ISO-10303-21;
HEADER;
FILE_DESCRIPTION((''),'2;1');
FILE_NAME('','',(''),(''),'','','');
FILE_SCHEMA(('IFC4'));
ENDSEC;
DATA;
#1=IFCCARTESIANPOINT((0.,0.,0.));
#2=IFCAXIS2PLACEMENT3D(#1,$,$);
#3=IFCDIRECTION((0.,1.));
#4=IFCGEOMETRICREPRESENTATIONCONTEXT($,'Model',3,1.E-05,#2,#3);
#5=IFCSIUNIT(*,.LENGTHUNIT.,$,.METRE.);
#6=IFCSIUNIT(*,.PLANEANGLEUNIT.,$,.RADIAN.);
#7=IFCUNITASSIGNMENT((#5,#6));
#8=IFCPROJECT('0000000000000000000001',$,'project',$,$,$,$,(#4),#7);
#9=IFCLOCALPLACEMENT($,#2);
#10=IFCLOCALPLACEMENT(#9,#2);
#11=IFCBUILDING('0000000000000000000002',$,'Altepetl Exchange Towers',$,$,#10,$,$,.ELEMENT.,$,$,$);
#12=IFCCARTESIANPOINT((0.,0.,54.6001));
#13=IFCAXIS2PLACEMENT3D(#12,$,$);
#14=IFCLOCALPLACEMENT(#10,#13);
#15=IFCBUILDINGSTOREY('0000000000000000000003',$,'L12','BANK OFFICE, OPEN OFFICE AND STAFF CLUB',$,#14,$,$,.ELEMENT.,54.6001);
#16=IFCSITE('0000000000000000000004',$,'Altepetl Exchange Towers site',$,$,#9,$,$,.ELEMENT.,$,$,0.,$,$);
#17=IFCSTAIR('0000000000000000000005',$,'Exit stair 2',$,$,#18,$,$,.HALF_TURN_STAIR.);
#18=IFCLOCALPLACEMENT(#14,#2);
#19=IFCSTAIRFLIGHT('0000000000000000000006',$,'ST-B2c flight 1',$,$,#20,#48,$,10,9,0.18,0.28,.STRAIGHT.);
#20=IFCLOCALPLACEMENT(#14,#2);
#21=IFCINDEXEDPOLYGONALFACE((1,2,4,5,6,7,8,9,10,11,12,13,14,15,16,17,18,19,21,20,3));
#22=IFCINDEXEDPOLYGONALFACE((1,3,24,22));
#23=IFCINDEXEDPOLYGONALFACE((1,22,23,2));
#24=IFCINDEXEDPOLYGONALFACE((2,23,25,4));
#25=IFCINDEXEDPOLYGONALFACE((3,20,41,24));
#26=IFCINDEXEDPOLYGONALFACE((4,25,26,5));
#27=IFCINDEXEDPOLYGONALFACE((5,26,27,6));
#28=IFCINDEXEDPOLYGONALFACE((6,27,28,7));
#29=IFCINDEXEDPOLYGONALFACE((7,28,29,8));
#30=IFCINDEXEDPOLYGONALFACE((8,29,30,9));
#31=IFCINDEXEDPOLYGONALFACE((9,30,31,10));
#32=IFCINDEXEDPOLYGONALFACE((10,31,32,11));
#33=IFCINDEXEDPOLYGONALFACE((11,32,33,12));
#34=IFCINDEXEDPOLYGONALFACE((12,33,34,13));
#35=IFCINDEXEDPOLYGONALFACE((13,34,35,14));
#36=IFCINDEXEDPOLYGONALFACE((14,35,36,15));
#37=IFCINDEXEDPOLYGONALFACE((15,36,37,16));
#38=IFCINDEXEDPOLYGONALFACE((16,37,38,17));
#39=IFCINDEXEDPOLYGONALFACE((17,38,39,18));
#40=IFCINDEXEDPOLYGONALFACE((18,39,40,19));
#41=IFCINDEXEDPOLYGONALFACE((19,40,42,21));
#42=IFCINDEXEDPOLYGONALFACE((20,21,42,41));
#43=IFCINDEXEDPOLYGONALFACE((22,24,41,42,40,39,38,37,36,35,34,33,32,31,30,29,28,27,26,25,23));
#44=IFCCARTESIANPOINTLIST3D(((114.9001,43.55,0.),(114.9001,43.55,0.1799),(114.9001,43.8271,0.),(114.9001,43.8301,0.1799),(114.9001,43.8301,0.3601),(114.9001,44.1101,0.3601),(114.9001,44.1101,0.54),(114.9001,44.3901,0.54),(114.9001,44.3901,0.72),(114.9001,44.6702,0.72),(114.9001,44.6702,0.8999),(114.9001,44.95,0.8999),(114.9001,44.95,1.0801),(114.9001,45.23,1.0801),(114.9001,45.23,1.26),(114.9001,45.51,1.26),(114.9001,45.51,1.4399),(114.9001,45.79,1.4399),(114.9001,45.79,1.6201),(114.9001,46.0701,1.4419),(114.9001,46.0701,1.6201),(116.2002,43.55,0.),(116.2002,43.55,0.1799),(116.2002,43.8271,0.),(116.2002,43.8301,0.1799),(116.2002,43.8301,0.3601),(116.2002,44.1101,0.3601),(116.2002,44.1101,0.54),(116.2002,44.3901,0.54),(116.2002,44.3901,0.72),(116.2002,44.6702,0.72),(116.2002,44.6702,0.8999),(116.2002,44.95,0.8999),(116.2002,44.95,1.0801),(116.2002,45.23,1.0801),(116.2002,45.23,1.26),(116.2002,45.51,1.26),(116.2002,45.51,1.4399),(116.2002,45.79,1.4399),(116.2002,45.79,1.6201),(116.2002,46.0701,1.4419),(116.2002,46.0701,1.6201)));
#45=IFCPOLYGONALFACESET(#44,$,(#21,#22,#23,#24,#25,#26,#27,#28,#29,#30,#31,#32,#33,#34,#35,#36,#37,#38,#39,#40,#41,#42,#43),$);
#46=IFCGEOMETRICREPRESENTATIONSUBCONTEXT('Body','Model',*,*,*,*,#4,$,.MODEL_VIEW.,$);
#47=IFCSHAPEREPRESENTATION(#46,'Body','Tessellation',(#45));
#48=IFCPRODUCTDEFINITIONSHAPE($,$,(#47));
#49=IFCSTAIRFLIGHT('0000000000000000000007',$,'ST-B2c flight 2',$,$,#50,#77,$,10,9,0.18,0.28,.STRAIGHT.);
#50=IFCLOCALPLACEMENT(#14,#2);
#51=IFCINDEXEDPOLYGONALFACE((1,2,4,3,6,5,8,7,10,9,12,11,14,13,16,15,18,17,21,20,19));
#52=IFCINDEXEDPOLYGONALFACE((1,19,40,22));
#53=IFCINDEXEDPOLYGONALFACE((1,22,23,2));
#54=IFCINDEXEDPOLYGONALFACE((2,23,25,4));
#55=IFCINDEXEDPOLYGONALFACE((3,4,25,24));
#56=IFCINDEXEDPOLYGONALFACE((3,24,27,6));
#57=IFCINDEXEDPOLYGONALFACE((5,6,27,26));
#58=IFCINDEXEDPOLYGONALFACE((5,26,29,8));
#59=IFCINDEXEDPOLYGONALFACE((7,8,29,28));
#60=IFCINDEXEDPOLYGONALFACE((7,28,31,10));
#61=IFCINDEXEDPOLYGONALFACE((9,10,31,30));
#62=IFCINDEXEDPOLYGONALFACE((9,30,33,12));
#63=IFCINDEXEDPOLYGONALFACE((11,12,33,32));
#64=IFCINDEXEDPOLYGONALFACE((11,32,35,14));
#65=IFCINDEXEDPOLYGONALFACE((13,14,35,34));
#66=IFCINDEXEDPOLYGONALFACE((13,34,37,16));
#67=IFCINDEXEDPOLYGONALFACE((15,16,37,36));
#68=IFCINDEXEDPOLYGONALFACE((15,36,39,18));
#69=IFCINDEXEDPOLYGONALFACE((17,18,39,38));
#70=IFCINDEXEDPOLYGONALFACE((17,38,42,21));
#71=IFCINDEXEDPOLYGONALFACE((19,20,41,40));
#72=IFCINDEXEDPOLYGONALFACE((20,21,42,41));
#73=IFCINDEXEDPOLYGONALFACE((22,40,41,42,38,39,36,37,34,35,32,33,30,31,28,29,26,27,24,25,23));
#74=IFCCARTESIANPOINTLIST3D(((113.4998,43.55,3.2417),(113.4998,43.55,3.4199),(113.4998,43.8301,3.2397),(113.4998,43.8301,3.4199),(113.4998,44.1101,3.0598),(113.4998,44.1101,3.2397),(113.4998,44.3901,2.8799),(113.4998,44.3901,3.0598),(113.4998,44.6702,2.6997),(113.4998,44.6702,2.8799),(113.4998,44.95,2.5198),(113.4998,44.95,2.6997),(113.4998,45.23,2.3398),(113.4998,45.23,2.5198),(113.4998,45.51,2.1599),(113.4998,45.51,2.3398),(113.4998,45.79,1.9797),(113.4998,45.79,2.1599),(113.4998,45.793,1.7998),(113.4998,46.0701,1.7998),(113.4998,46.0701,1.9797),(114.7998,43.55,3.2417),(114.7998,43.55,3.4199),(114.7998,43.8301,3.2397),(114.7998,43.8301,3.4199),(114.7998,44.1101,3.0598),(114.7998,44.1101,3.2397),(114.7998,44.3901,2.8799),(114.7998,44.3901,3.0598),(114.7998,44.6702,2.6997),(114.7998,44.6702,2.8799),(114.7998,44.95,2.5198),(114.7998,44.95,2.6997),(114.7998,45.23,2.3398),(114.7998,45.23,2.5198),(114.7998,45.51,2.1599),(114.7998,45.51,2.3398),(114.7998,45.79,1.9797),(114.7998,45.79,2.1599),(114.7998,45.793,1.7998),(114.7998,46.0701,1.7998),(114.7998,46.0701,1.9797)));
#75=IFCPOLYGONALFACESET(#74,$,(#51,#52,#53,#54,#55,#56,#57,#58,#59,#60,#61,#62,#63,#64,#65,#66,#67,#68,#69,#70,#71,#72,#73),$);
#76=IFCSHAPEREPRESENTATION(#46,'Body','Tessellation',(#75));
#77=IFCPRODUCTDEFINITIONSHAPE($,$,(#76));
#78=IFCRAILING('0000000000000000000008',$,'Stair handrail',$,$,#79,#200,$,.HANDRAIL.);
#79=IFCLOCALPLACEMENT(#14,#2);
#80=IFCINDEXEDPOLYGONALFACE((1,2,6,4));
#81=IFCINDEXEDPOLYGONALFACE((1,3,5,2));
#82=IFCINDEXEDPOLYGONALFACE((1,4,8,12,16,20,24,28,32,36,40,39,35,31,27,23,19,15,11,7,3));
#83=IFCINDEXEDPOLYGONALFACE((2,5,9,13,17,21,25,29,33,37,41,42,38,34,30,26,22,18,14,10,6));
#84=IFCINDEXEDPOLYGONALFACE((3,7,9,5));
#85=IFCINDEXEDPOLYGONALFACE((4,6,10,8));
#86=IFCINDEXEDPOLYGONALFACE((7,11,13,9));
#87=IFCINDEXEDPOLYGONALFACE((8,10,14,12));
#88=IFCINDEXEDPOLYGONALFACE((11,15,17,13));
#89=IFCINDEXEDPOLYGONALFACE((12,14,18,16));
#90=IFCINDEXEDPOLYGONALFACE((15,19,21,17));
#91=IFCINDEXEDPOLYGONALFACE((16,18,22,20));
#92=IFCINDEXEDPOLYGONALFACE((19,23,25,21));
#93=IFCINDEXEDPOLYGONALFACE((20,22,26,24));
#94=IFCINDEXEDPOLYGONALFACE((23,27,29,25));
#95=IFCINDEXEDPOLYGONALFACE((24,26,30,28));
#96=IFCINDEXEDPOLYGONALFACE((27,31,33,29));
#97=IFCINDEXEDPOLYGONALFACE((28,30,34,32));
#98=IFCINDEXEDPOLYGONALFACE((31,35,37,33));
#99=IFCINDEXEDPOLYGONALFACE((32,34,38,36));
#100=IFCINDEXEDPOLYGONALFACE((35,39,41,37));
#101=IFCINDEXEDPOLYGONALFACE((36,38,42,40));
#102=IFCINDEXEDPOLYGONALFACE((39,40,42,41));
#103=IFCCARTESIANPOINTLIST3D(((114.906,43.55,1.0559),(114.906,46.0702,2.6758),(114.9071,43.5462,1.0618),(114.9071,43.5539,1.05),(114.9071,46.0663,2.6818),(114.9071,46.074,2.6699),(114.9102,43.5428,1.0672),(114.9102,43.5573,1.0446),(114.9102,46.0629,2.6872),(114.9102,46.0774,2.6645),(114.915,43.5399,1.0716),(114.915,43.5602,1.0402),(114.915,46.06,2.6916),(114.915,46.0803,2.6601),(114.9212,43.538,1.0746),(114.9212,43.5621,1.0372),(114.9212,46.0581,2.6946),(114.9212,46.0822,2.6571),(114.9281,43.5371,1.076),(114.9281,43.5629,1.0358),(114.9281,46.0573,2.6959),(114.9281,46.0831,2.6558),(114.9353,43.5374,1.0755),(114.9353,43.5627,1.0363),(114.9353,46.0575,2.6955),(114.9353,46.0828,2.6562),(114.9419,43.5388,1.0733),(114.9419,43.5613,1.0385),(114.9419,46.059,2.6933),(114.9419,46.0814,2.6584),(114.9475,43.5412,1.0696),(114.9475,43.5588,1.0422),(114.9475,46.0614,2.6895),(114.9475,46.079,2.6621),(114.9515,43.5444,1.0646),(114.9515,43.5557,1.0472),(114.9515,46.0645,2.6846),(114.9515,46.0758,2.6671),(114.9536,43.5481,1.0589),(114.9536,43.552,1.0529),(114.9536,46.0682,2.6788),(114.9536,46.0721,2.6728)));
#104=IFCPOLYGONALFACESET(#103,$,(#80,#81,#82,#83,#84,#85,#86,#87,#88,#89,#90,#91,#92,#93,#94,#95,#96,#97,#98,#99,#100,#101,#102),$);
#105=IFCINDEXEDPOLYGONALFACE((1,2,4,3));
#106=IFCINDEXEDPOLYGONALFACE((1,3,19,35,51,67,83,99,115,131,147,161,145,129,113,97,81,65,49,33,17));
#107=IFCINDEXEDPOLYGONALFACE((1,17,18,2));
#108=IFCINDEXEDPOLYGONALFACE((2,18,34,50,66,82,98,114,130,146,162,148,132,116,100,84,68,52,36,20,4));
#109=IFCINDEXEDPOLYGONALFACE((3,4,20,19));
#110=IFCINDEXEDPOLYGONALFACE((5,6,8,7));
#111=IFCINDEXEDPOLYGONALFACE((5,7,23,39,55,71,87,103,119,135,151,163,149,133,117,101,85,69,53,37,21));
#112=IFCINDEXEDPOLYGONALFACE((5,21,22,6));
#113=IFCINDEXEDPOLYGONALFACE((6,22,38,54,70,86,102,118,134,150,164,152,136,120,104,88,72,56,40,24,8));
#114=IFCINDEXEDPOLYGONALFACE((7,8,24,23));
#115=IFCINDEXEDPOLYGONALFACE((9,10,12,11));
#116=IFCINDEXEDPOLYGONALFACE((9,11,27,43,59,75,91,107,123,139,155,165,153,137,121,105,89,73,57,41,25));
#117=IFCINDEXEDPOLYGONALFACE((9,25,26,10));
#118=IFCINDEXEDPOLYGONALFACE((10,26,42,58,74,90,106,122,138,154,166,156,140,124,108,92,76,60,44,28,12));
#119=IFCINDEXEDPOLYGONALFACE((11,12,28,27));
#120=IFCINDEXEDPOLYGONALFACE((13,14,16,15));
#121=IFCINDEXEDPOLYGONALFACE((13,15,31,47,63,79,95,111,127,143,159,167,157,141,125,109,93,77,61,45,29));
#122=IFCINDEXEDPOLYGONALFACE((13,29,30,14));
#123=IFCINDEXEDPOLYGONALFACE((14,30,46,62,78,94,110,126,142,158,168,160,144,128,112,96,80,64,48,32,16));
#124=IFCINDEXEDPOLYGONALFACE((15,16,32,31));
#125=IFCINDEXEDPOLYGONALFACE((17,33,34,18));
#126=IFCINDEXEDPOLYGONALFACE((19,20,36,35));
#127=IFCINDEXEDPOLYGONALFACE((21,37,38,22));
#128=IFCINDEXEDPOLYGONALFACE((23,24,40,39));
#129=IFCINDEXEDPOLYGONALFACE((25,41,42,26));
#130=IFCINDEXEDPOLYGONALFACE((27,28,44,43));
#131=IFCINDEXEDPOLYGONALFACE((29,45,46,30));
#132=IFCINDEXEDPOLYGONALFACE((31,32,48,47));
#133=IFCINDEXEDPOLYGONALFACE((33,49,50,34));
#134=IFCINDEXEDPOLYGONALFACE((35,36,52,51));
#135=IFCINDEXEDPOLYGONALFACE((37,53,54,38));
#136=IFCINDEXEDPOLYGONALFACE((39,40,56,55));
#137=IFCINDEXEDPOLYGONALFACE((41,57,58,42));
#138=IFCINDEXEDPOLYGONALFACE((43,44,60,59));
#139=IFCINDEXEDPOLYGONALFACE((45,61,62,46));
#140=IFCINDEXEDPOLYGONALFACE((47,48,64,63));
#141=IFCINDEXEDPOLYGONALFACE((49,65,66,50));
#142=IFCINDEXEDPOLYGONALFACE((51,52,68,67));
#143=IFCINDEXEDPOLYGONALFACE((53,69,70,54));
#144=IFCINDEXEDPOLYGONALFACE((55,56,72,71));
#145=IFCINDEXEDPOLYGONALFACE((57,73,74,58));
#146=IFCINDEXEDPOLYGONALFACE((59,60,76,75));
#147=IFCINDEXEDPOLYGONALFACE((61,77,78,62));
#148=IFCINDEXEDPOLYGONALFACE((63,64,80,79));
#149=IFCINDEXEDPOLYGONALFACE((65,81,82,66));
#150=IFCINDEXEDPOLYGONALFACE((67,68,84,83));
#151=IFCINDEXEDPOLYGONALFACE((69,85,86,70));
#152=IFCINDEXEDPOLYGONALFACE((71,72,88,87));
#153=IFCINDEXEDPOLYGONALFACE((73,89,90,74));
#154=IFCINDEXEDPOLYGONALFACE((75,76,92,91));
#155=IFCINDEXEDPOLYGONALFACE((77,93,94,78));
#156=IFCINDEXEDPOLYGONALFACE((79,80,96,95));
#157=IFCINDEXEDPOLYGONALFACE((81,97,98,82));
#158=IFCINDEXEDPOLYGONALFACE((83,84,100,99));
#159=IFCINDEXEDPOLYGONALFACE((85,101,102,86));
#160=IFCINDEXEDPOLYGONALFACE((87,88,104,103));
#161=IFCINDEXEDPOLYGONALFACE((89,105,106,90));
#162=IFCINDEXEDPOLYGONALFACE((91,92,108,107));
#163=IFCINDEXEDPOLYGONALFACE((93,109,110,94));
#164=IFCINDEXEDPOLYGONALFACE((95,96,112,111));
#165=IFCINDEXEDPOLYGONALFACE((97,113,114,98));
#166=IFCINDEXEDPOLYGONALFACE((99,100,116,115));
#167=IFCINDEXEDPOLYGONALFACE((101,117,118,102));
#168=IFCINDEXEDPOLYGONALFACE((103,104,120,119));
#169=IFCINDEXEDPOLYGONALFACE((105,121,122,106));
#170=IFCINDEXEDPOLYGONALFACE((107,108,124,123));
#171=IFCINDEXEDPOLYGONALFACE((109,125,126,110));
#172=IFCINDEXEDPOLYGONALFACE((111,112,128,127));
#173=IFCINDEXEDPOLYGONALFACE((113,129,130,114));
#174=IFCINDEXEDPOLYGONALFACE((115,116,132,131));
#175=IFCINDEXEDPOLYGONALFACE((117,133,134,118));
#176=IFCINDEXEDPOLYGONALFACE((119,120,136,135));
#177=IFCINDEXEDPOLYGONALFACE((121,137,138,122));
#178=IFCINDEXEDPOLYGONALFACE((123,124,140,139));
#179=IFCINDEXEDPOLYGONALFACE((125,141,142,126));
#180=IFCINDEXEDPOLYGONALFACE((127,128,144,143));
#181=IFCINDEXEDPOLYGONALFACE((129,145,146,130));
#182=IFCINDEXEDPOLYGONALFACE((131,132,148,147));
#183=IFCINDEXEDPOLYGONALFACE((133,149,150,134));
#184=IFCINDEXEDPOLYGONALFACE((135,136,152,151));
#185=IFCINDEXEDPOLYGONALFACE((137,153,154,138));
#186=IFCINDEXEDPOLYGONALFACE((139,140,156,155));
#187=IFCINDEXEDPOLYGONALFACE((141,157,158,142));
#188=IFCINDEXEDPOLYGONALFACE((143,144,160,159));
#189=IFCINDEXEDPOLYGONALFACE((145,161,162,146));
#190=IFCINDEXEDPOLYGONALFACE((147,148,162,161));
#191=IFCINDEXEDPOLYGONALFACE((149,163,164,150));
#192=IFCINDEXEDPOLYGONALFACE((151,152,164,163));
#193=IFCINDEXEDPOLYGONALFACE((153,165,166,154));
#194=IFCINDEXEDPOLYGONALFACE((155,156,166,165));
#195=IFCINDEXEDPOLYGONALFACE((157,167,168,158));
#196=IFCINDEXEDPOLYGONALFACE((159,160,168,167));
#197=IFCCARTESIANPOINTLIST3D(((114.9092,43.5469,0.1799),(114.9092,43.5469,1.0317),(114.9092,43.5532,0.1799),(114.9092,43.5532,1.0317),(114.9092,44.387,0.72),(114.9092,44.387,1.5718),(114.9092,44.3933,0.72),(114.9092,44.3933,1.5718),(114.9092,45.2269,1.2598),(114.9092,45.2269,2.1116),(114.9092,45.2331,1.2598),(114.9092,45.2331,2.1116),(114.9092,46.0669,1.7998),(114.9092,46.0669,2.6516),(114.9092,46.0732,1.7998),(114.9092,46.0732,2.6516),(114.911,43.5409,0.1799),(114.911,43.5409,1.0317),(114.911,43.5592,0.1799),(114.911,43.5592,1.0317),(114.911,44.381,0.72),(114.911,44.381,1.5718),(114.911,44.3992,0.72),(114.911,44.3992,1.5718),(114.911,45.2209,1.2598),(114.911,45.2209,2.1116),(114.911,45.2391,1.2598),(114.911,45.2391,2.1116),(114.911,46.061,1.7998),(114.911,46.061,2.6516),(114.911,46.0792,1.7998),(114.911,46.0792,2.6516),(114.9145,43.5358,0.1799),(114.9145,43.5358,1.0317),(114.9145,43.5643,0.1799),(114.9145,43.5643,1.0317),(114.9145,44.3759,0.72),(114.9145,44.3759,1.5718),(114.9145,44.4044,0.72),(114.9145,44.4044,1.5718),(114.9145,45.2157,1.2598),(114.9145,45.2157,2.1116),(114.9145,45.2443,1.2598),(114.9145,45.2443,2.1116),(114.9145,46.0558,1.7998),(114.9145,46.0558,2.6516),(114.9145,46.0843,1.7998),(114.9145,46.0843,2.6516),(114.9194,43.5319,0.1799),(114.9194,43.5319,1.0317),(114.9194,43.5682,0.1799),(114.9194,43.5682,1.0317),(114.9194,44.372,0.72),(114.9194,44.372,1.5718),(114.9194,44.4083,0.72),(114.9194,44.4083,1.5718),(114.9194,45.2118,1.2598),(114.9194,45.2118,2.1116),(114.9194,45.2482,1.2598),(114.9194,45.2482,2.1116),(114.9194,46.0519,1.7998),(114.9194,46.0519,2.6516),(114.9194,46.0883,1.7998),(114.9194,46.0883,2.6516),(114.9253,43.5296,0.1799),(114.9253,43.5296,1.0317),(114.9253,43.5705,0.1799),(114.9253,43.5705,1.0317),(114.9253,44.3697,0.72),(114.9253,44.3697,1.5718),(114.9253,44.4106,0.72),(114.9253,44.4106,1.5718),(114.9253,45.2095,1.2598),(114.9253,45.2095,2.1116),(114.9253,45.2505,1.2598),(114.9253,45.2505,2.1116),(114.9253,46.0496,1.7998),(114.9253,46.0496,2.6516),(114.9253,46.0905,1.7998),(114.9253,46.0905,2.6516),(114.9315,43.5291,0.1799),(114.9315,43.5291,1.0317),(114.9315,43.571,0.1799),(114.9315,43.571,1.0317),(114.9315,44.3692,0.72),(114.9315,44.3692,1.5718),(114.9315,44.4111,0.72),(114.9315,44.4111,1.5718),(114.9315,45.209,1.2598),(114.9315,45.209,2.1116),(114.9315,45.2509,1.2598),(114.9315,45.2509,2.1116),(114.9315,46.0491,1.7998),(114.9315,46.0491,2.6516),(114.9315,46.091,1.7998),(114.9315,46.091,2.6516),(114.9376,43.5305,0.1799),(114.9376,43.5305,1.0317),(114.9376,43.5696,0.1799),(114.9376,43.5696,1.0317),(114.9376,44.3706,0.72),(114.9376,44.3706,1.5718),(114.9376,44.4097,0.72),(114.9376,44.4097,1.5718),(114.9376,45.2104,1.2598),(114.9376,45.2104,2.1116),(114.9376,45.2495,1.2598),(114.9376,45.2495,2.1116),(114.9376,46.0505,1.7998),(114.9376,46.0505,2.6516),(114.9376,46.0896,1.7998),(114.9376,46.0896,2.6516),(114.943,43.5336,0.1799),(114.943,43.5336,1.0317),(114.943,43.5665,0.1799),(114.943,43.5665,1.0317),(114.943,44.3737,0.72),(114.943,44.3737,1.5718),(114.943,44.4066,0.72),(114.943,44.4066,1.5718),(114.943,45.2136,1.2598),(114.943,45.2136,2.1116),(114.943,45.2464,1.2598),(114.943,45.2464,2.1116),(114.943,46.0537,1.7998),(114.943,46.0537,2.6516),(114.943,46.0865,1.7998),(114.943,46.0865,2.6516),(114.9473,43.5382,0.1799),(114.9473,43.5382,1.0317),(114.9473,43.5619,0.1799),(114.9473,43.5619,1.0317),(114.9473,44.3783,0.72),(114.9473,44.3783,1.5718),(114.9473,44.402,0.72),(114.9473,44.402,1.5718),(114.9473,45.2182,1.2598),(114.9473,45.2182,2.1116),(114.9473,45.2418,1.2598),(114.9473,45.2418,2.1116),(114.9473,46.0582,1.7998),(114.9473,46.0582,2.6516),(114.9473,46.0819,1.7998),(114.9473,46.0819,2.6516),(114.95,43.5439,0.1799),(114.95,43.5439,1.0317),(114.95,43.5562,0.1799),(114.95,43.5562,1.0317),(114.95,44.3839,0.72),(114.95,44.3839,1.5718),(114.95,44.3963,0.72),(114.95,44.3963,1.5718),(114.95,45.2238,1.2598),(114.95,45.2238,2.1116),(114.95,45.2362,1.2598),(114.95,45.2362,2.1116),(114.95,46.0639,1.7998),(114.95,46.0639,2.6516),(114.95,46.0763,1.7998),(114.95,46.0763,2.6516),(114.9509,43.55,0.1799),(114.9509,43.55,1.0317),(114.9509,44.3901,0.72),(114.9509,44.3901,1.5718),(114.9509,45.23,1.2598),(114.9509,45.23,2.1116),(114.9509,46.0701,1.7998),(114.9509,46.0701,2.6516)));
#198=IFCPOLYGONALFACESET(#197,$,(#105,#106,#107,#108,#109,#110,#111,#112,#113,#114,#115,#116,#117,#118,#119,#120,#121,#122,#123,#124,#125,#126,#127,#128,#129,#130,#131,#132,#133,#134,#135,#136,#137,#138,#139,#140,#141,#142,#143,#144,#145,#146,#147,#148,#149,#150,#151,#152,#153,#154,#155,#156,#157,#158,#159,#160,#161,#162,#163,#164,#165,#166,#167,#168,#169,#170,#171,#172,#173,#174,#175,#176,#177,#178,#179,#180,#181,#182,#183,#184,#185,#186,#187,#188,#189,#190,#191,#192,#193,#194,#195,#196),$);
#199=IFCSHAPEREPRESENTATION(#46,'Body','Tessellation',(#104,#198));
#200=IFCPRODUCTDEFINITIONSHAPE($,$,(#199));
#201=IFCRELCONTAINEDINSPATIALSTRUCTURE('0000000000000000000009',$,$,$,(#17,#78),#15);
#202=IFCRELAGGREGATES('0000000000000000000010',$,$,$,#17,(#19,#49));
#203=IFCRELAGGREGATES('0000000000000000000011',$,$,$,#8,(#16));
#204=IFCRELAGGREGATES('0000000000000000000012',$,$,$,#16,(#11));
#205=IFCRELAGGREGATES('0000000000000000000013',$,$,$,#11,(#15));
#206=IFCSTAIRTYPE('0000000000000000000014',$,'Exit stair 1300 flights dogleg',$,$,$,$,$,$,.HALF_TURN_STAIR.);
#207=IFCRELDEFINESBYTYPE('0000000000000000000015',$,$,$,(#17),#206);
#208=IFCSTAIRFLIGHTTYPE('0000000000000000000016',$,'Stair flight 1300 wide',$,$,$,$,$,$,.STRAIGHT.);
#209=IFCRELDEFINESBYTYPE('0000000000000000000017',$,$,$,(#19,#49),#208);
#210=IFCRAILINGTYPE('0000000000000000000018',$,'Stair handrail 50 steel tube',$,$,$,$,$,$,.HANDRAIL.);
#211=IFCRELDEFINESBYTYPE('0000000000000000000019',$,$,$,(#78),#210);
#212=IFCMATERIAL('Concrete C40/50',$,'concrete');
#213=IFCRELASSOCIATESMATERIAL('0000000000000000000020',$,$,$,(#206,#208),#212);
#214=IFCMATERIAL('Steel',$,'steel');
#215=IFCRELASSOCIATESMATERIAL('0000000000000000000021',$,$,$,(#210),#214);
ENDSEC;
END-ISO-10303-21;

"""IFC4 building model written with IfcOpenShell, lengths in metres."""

from ifc_helpers import new_model, si_unit, direction, frame, origin, origin_2d, place, context, subcontext, project, spatial, polyline, circle, outline, extrude, source, transform, mapped, material, type_object, element, aggregate, save


model = new_model("IFC4")

# Units and contexts
model_context = context("Model", 3, precision=1e-05, world=origin(), true_north=direction((0.0, 1.0)))
body_context = subcontext(model_context, "Body", "Model", "MODEL_VIEW")
ifc_project = project(units=[si_unit("LENGTHUNIT", "METRE"), si_unit("PLANEANGLEUNIT", "RADIAN")], contexts=[model_context])

# Site, building, storey
site_placement = place(None, origin())
site = spatial("IfcSite", under=ifc_project, at=site_placement, Name="Altepetl Exchange Towers site", CompositionType="ELEMENT", RefElevation=0.0)
building_placement = place(site_placement, origin())
building = spatial("IfcBuilding", under=site, at=building_placement, Name="Altepetl Exchange Towers", CompositionType="ELEMENT")
storey_placement = place(building_placement, frame((0.0, 0.0, 54.6001)))
storey = spatial("IfcBuildingStorey", under=building, at=storey_placement, Name="L12", Description="BANK OFFICE, OPEN OFFICE AND STAFF CLUB", CompositionType="ELEMENT", Elevation=54.6001)

# Shared definitions
ifc_material_1 = material(Name="Concrete C40/50", Category="concrete")

# Stair, stair flights
stair_type = type_object("IfcStairType", Name="Exit stair 1300 flights dogleg", PredefinedType="HALF_TURN_STAIR", material=ifc_material_1)
stair_placement = place(storey_placement, origin())
stair = element("IfcStair", 1, at=stair_placement, inside=storey, type_object=stair_type, Name="Exit stair 2", PredefinedType="HALF_TURN_STAIR")
stair_flight_type = type_object("IfcStairFlightType", Name="Stair flight 1300 wide", PredefinedType="STRAIGHT", material=ifc_material_1)
stair_flight_1_placement = place(storey_placement, frame((115.55, 43.55, 0.0), z_axis=(0.0, 0.0, 1.0), x_axis=(0.0, 1.0, 0.0)))
stair_flight_1 = element("IfcStairFlight", 2, at=stair_flight_1_placement, type_object=stair_flight_type, Name="ST-B2c flight 1", NumberOfRisers=10, NumberOfTreads=9, PredefinedType="STRAIGHT", RiserHeight=0.18, TreadLength=0.28, context=body_context, shape_type="SweptSolid", body=[
    extrude(outline(polyline([(0.0, 0.0), (0.0, 0.1799), (0.28, 0.1799), (0.28, 0.3601), (0.5601, 0.3601), (0.5601, 0.54), (0.8401, 0.54), (0.8401, 0.72), (1.1201, 0.72), (1.1201, 0.8999), (1.3999, 0.8999), (1.3999, 1.0801), (1.6799, 1.0801), (1.6799, 1.26), (1.96, 1.26), (1.96, 1.4399), (2.24, 1.4399), (2.24, 1.6201), (2.52, 1.6201), (2.52, 1.8), (2.52, 1.4419), (0.2771, 0.0), (0.0, 0.0)])), frame((0.0, 0.6499, 0.0), z_axis=(0.0, -1.0, 0.0), x_axis=(1.0, 0.0, 0.0)), (0.0, 0.0, 1.0), 1.3),
])
stair_flight_2_placement = place(storey_placement, frame((114.1499, 46.0701, 1.7998), z_axis=(0.0, 0.0, 1.0), x_axis=(0.0, -1.0, 0.0)))
stair_flight_2 = element("IfcStairFlight", 3, at=stair_flight_2_placement, type_object=stair_flight_type, Name="ST-B2c flight 2", NumberOfRisers=10, NumberOfTreads=9, PredefinedType="STRAIGHT", RiserHeight=0.18, TreadLength=0.28, context=body_context, shape_type="SweptSolid", body=[
    extrude(outline(polyline([(0.0, 0.0), (0.0, 0.1799), (0.28, 0.1799), (0.28, 0.3601), (0.5601, 0.3601), (0.5601, 0.54), (0.8401, 0.54), (0.8401, 0.72), (1.1201, 0.72), (1.1201, 0.8999), (1.3999, 0.8999), (1.3999, 1.0801), (1.6799, 1.0801), (1.6799, 1.26), (1.96, 1.26), (1.96, 1.4399), (2.24, 1.4399), (2.24, 1.6201), (2.52, 1.6201), (2.52, 1.8), (2.52, 1.4419), (0.2771, 0.0), (0.0, 0.0)])), frame((0.0, 0.6499, 0.0), z_axis=(0.0, -1.0, 0.0), x_axis=(1.0, 0.0, 0.0)), (0.0, 0.0, 1.0), 1.3),
])
aggregate(stair, [stair_flight_1, stair_flight_2])

# Railing
ifc_material_2 = material(Name="Steel", Category="steel")
railing_type = type_object("IfcRailingType", Name="Stair handrail 50 steel tube", PredefinedType="HANDRAIL", material=ifc_material_2)
shared_shape = source(origin(), body_context, "Body", "SweptSolid", [
    extrude(circle(Radius=0.021, at=origin_2d()), origin(), (0.0, 0.0, 1.0), 0.8518),
])
railing_1_placement = place(storey_placement, frame((114.9299, 43.55, 0.1799)))
element("IfcRailing", 4, at=railing_1_placement, inside=storey, type_object=railing_type, Name="Stair handrail", PredefinedType="HANDRAIL", context=body_context, shape_type="SweptSolid", body=[
    extrude(circle(Radius=0.0239, at=origin_2d()), frame((0.0, 0.0, 0.876), z_axis=(0.0, 0.8412, 0.540725), x_axis=(-1.0, 0.0, 0.0)), (0.0, 0.0, 1.0), 2.9958),
    mapped(shared_shape, transform((0.0, 0.0, 0.0))),
    mapped(shared_shape, transform((0.0, 0.8401, 0.54))),
    mapped(shared_shape, transform((0.0, 1.6799, 1.0798))),
    mapped(shared_shape, transform((0.0, 2.52, 1.6199))),
])

save(model, "model.ifc")
